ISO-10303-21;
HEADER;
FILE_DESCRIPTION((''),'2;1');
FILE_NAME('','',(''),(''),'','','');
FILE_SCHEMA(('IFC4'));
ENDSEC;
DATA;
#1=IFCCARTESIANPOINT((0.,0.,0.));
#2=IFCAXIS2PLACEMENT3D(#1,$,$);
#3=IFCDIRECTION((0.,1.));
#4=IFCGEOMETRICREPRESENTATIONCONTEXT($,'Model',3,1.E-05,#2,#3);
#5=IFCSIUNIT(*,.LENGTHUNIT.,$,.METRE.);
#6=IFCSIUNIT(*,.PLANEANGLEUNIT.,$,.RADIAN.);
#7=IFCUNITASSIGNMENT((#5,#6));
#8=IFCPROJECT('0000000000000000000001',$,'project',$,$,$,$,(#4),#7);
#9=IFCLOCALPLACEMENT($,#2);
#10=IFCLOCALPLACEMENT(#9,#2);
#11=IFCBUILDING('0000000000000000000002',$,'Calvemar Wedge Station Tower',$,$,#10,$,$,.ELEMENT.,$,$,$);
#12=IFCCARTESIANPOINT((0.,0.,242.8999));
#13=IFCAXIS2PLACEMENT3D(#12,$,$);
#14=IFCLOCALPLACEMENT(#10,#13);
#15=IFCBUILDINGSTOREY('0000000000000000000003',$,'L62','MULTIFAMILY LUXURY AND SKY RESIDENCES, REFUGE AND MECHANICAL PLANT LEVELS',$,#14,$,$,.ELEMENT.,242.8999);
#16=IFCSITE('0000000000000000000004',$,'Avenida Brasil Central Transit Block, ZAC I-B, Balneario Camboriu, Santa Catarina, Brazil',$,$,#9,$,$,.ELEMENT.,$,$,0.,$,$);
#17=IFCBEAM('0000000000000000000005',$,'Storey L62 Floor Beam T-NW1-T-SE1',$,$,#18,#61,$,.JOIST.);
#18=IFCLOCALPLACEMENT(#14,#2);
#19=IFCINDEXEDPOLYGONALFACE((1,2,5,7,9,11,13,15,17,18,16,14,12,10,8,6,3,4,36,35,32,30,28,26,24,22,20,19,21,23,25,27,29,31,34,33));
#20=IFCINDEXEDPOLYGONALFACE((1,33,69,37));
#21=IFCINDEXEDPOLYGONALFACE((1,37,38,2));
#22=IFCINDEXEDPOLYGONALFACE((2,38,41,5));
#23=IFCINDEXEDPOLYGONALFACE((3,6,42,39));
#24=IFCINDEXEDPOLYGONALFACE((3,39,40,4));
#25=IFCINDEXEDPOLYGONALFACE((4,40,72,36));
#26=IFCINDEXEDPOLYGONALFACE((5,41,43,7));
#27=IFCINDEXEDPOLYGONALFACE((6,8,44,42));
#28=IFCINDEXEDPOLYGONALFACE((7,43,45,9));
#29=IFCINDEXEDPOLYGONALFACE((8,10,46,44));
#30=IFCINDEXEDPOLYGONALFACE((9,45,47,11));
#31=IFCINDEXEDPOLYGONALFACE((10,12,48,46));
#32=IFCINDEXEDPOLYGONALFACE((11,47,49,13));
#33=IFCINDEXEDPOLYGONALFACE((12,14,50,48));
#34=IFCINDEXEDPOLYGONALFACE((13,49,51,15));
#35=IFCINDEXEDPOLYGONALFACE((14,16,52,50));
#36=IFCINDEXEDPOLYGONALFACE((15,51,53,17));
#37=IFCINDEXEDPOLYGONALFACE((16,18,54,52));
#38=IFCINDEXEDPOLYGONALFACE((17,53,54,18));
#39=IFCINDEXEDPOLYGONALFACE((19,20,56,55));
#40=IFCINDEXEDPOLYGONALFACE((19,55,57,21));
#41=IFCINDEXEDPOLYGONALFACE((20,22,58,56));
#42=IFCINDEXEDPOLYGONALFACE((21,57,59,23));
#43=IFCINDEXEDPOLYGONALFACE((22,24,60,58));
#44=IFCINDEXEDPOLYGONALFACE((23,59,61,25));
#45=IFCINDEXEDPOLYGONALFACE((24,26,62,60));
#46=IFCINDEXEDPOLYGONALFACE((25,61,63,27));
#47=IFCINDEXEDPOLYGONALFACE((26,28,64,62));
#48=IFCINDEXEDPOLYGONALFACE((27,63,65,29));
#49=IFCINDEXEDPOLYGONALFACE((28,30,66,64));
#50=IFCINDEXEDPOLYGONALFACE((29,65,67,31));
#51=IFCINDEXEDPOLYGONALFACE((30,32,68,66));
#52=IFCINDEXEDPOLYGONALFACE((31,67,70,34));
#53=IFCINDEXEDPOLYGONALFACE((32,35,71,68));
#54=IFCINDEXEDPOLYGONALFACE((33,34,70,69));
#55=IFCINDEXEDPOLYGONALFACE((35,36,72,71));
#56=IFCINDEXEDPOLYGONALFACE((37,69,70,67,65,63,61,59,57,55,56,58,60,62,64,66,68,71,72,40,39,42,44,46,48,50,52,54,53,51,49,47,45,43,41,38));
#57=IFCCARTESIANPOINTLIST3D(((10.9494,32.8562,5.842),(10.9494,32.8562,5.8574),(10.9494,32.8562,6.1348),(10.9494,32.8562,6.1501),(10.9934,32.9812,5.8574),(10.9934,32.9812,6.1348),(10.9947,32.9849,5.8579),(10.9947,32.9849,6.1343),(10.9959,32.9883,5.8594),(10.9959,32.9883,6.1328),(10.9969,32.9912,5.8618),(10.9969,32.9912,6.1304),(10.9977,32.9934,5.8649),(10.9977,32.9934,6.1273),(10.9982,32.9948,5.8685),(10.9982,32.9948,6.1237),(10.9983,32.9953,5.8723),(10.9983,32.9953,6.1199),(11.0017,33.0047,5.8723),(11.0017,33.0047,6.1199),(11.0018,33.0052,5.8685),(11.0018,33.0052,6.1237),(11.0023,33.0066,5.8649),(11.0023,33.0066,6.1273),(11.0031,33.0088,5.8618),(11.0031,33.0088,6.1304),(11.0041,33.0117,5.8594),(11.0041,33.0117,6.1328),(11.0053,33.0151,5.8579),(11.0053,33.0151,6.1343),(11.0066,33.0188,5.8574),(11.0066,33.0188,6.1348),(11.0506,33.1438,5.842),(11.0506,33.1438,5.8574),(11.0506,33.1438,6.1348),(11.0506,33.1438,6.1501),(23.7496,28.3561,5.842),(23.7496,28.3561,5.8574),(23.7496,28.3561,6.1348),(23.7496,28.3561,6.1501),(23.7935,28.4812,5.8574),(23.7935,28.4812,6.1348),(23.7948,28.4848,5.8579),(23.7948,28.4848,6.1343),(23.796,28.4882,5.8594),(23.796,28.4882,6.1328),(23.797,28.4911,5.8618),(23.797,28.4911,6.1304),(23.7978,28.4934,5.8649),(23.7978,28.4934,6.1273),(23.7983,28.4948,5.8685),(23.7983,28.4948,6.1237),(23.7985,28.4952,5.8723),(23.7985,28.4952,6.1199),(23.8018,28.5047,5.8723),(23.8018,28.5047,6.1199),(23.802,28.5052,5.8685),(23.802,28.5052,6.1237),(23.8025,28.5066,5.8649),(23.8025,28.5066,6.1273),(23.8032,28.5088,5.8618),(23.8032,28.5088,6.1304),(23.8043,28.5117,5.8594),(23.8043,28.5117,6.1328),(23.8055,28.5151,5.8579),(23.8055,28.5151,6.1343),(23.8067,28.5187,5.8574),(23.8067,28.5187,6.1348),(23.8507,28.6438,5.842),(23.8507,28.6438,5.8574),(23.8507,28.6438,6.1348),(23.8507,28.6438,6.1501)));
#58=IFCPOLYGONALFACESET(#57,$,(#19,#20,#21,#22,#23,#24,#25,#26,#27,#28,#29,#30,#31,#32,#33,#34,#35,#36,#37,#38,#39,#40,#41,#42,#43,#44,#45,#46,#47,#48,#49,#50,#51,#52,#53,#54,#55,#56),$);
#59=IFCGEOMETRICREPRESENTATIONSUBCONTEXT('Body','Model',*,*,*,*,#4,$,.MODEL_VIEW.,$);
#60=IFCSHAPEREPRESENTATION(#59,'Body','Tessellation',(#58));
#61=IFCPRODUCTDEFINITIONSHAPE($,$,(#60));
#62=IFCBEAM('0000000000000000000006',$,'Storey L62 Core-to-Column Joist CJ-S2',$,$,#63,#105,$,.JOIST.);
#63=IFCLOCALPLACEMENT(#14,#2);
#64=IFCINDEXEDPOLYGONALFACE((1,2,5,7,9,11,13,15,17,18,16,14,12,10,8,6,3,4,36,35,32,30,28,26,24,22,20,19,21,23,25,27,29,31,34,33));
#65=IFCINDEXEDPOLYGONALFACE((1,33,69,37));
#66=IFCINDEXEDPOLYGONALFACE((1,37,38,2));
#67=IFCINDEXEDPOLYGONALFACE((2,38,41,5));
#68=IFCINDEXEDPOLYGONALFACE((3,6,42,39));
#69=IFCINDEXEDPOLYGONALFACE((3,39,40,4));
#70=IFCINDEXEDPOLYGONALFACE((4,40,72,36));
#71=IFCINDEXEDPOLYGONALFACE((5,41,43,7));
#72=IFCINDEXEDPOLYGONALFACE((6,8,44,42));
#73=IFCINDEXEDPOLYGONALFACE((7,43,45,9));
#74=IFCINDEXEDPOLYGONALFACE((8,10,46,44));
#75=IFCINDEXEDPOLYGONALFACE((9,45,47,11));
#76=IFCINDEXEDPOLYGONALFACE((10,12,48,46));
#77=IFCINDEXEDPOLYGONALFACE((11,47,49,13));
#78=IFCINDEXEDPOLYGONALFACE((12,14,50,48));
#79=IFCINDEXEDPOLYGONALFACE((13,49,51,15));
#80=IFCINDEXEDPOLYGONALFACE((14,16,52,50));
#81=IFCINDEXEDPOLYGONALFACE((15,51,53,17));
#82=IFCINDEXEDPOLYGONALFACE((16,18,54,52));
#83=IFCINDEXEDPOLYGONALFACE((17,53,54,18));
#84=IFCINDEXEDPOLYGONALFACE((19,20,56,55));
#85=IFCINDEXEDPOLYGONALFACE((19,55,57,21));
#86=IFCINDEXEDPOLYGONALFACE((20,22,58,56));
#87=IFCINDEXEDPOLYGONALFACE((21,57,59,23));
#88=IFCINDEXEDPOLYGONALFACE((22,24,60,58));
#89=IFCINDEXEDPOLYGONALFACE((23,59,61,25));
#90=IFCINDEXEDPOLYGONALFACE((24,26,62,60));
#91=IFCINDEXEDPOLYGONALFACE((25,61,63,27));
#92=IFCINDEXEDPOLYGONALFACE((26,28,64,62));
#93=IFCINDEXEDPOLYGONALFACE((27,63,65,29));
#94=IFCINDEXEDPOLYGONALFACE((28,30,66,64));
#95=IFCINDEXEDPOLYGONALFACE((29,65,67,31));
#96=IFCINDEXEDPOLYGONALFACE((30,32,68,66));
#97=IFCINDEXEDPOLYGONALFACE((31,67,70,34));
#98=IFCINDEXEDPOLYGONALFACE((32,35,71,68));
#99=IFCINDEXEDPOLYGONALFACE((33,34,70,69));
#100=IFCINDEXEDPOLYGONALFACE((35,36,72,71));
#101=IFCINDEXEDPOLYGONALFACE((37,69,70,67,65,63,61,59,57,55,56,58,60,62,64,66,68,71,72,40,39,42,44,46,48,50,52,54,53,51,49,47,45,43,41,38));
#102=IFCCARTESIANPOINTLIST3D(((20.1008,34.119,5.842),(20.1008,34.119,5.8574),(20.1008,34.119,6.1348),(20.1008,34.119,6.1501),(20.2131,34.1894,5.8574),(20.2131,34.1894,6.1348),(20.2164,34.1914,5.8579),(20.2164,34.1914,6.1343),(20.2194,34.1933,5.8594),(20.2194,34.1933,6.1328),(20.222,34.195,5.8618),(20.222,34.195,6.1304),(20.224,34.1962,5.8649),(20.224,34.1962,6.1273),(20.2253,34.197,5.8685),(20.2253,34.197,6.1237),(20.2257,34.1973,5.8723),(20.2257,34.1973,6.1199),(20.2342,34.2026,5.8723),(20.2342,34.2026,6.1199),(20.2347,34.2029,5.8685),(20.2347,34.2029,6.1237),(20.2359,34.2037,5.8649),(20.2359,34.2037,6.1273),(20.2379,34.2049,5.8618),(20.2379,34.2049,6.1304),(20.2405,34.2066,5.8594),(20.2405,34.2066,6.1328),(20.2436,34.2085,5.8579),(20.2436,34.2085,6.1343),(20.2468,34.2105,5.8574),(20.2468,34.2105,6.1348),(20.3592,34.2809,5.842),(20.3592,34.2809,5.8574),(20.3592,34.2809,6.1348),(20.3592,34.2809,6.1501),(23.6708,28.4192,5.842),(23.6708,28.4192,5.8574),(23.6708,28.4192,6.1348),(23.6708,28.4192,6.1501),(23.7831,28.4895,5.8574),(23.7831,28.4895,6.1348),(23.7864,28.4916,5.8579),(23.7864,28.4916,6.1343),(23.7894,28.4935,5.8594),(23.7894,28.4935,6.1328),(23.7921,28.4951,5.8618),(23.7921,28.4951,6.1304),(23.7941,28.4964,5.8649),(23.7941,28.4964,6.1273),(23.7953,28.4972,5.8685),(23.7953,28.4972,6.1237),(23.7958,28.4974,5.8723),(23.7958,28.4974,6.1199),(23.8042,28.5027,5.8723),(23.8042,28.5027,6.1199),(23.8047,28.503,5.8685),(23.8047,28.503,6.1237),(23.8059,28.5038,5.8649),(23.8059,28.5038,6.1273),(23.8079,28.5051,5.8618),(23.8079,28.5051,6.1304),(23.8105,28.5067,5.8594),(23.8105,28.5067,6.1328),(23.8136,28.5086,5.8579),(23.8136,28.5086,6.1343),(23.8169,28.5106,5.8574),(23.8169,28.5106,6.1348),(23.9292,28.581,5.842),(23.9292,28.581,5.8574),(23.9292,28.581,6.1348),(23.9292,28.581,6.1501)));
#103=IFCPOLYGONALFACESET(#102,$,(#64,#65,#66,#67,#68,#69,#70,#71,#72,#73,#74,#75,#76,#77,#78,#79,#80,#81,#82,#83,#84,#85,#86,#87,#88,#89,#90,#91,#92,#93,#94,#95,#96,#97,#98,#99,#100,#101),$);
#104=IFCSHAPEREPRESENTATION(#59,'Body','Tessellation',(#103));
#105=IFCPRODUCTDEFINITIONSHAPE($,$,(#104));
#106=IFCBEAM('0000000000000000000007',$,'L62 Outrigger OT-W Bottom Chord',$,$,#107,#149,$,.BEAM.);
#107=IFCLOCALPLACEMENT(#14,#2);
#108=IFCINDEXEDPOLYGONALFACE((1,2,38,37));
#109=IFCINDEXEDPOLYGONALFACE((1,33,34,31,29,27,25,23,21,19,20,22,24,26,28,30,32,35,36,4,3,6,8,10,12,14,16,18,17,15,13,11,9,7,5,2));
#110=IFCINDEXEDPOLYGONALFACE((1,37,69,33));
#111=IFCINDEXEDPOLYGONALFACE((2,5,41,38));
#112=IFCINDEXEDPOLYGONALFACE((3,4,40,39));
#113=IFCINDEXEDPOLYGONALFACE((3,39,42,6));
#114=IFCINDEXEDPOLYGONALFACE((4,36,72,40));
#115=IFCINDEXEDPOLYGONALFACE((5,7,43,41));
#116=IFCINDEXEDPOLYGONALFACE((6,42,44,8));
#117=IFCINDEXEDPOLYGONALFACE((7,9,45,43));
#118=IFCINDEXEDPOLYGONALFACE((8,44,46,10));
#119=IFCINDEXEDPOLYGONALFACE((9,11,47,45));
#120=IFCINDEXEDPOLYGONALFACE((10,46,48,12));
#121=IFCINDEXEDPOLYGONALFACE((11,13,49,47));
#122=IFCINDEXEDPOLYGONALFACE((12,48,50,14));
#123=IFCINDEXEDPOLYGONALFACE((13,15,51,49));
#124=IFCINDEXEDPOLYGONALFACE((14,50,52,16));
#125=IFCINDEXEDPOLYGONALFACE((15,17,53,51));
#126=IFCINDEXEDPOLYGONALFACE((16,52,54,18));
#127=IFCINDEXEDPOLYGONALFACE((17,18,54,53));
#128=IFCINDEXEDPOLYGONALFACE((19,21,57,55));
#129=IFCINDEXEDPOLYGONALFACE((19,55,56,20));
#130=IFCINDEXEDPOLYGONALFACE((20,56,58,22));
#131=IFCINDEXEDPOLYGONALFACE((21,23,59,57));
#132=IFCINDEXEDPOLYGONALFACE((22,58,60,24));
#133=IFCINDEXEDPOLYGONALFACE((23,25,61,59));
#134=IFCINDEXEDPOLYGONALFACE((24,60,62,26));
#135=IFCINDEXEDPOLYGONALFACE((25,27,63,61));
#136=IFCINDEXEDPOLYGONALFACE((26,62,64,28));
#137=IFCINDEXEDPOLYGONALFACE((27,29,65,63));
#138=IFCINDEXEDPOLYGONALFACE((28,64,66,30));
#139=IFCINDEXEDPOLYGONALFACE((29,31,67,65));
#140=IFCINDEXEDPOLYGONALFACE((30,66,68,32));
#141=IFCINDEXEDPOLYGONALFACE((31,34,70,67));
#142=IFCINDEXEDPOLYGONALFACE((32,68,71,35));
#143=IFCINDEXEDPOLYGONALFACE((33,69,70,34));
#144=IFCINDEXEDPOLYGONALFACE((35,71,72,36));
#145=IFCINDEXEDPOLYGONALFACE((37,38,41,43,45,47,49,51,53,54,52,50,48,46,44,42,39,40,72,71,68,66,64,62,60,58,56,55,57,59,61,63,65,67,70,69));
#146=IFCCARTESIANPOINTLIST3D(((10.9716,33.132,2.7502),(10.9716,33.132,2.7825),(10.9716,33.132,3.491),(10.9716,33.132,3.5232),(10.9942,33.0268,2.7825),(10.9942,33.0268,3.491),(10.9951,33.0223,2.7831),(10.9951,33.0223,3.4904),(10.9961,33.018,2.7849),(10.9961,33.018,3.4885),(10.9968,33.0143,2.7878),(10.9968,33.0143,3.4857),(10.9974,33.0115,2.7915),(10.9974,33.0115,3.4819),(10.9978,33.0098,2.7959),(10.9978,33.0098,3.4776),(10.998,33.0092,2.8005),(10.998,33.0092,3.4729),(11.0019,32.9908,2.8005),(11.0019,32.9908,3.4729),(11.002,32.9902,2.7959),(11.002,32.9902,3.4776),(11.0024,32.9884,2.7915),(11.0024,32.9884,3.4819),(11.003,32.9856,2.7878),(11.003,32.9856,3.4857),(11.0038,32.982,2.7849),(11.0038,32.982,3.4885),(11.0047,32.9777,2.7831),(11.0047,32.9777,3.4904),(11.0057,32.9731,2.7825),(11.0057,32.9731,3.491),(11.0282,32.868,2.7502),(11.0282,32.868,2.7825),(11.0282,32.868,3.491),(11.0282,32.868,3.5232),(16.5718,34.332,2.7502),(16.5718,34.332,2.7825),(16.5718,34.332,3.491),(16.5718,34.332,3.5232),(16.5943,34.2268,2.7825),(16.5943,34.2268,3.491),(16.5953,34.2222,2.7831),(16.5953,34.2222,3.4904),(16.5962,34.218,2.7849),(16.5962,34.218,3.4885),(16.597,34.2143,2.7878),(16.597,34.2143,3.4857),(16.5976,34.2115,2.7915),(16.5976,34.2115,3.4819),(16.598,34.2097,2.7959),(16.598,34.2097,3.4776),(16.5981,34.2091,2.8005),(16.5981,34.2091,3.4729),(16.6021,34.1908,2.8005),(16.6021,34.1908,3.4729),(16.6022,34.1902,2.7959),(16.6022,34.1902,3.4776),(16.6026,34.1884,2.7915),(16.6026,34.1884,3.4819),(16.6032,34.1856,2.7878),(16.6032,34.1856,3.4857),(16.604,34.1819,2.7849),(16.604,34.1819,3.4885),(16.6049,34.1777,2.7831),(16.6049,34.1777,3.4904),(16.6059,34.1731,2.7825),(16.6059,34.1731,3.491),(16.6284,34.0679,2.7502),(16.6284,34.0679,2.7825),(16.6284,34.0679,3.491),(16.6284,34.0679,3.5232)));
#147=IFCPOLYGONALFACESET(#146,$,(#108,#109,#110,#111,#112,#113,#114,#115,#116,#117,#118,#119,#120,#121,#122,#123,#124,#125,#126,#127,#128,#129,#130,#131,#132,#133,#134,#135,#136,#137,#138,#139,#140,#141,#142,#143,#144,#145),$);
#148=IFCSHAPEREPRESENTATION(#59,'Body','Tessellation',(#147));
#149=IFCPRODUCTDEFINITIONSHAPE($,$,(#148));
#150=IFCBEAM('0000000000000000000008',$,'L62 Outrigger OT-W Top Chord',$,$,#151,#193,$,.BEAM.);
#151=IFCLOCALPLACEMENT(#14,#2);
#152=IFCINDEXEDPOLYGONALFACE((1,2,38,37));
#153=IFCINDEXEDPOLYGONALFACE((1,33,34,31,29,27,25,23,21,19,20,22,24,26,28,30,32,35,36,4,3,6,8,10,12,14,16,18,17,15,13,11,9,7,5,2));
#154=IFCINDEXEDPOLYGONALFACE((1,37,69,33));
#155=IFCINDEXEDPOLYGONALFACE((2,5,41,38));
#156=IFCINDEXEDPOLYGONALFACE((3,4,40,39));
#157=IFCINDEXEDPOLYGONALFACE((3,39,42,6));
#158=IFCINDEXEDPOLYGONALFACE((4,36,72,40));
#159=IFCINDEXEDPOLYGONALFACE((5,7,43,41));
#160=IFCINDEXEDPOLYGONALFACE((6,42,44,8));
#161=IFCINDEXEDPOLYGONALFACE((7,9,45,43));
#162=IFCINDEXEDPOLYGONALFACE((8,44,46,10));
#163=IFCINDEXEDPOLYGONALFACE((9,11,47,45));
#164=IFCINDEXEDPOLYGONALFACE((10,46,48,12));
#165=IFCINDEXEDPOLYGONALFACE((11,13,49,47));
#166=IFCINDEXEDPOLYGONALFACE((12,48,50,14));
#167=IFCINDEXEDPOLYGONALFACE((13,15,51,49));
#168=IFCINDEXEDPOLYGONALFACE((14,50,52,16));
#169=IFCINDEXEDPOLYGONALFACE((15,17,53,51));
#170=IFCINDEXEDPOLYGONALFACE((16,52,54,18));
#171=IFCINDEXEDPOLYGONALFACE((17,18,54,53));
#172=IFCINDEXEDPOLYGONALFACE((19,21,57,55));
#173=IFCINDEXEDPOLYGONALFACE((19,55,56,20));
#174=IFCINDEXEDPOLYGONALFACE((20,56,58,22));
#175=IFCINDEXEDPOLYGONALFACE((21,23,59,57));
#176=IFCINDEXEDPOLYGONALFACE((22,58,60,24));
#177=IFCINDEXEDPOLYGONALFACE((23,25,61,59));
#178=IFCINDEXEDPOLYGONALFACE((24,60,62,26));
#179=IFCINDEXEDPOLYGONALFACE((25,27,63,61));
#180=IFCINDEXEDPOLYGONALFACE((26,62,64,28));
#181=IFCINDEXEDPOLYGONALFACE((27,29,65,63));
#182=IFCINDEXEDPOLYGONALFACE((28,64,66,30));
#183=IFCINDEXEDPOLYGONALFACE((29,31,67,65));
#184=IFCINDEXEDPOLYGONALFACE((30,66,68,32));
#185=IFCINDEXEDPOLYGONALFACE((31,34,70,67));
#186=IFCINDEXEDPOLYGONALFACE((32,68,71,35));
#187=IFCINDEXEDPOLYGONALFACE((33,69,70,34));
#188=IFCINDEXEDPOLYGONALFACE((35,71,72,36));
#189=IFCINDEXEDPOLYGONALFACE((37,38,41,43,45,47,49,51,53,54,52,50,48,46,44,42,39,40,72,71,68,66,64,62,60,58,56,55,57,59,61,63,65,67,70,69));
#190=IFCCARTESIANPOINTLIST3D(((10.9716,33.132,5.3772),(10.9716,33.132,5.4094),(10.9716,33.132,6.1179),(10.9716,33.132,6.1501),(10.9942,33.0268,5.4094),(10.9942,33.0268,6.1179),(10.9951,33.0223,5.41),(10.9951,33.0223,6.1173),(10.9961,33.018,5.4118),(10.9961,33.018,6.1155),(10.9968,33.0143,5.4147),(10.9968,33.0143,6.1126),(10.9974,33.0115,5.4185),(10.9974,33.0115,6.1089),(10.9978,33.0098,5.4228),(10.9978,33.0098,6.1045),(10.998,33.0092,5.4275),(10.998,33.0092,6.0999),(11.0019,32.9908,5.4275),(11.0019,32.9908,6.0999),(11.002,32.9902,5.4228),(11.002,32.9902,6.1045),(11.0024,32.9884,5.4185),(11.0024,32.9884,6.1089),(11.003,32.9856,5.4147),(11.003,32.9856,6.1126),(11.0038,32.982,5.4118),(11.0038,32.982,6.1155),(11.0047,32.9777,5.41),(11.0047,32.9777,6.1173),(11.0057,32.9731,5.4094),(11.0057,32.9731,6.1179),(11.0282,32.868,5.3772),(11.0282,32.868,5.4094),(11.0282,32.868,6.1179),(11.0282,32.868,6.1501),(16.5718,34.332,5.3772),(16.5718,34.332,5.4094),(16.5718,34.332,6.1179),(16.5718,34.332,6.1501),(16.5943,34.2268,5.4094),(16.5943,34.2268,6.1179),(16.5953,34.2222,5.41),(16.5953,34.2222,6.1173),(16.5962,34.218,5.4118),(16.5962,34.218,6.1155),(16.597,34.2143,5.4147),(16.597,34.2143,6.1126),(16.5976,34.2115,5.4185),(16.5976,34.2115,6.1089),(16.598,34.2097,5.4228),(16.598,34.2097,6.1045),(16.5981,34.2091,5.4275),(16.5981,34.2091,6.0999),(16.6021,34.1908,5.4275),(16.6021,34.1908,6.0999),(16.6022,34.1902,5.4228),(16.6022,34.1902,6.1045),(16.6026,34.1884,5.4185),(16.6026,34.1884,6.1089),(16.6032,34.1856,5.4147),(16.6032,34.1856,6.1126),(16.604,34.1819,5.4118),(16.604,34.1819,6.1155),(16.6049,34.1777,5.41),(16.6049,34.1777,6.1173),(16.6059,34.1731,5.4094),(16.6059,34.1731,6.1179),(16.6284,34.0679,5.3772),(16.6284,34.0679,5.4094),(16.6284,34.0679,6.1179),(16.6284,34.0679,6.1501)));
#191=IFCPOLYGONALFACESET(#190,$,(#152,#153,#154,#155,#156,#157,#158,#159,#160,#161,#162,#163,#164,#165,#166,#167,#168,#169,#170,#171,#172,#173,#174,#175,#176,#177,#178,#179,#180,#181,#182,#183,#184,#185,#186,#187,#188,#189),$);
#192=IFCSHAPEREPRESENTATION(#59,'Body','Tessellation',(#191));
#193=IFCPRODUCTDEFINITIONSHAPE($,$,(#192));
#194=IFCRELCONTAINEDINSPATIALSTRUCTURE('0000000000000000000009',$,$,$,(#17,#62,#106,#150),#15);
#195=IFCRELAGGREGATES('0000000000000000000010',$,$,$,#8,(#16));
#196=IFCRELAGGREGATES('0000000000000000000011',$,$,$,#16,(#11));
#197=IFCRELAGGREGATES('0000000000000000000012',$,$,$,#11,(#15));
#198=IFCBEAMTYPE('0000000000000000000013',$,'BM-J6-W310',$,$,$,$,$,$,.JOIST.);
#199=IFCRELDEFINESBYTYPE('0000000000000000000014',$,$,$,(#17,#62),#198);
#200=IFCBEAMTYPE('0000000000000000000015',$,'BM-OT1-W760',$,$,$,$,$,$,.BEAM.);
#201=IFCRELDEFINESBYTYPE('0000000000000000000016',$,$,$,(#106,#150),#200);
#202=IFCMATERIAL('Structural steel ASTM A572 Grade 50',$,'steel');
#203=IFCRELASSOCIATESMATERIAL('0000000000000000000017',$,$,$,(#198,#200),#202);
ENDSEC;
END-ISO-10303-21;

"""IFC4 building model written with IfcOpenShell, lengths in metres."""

from ifc_helpers import new_model, si_unit, direction, frame, origin, origin_2d, place, context, subcontext, project, spatial, i_section, extrude, source, transform, mapped, material, material_profile, profile_set, type_object, element, save


model = new_model("IFC4")

# Units and contexts
model_context = context("Model", 3, precision=1e-05, world=origin(), true_north=direction((0.0, 1.0)))
body_context = subcontext(model_context, "Body", "Model", "MODEL_VIEW")
ifc_project = project(units=[si_unit("LENGTHUNIT", "METRE"), si_unit("PLANEANGLEUNIT", "RADIAN")], contexts=[model_context])

# Site, building, storey
site_placement = place(None, origin())
site = spatial("IfcSite", under=ifc_project, at=site_placement, Name="Avenida Brasil Central Transit Block, ZAC I-B, Balneario Camboriu, Santa Catarina, Brazil", CompositionType="ELEMENT", RefElevation=0.0)
building_placement = place(site_placement, origin())
building = spatial("IfcBuilding", under=site, at=building_placement, Name="Calvemar Wedge Station Tower", CompositionType="ELEMENT")
storey_placement = place(building_placement, frame((0.0, 0.0, 242.8999)))
storey = spatial("IfcBuildingStorey", under=building, at=storey_placement, Name="L62", Description="MULTIFAMILY LUXURY AND SKY RESIDENCES, REFUGE AND MECHANICAL PLANT LEVELS", CompositionType="ELEMENT", Elevation=242.8999)

# Beams
ifc_material_1 = material(Name="Structural steel ASTM A572 Grade 50", Category="steel")
ifc_material_profile_1 = material_profile(ifc_material_1, i_section(OverallWidth=0.3049, OverallDepth=0.3081, WebThickness=0.01, FlangeThickness=0.0154, FilletRadius=0.0149, at=origin_2d()), Name="W310x97")
ifc_profile_set_1 = profile_set([ifc_material_profile_1], Name="Structural steel ASTM A572 Grade 50")
beam_type_1 = type_object("IfcBeamType", Name="BM-J6-W310", PredefinedType="JOIST", material=ifc_profile_set_1)
shared_shape_1 = source(origin(), body_context, "Body", "SweptSolid", [
    extrude(i_section(OverallWidth=0.3049, OverallDepth=0.3081, WebThickness=0.01, FlangeThickness=0.0154, FilletRadius=0.0149, at=origin_2d()), origin(), (0.0, 0.0, 1.0), 13.5681),
])
beam_1_placement = place(storey_placement, frame((11.0, 33.0, 5.9961), z_axis=(0.943398, -0.331662, 0.0), x_axis=(0.331662, 0.943398, 0.0)))
element("IfcBeam", 1, at=beam_1_placement, inside=storey, type_object=beam_type_1, Name="Storey L62 Floor Beam T-NW1-T-SE1", PredefinedType="JOIST", context=body_context, shape_type="MappedRepresentation", body=[
    mapped(shared_shape_1, transform((0.0, 0.0, 0.0), scale=1.0)),
])
shared_shape_2 = source(origin(), body_context, "Body", "SweptSolid", [
    extrude(i_section(OverallWidth=0.3049, OverallDepth=0.3081, WebThickness=0.01, FlangeThickness=0.0154, FilletRadius=0.0149, at=origin_2d()), origin(), (0.0, 0.0, 1.0), 6.7256),
])
beam_2_placement = place(storey_placement, frame((20.23, 34.2, 5.9961), z_axis=(0.530811, -0.84749, 0.0), x_axis=(0.84749, 0.530811, 0.0)))
element("IfcBeam", 2, at=beam_2_placement, inside=storey, type_object=beam_type_1, Name="Storey L62 Core-to-Column Joist CJ-S2", PredefinedType="JOIST", context=body_context, shape_type="MappedRepresentation", body=[
    mapped(shared_shape_2, transform((0.0, 0.0, 0.0), scale=1.0)),
])
ifc_material_profile_2 = material_profile(ifc_material_1, i_section(OverallWidth=0.27, OverallDepth=0.7729, WebThickness=0.0188, FlangeThickness=0.0322, FilletRadius=0.0181, at=origin_2d()), Name="W760x257")
ifc_profile_set_2 = profile_set([ifc_material_profile_2], Name="Structural steel ASTM A572 Grade 50")
beam_type_2 = type_object("IfcBeamType", Name="BM-OT1-W760", PredefinedType="BEAM", material=ifc_profile_set_2)
shared_shape_3 = source(origin(), body_context, "Body", "SweptSolid", [
    extrude(i_section(OverallWidth=0.27, OverallDepth=0.7729, WebThickness=0.0188, FlangeThickness=0.0322, FilletRadius=0.0181, at=origin_2d()), origin(), (0.0, 0.0, 1.0), 5.7273),
])
for number, where, z_axis, x_axis, name in (
    (3, (16.6001, 34.2, 3.1367), (-0.977805, -0.209517, 0.0), (0.209517, -0.977805, 0.0), "L62 Outrigger OT-W Bottom Chord"),
    (4, (16.6001, 34.2, 5.7637), (-0.977805, -0.209517, 0.0), (0.209517, -0.977805, 0.0), "L62 Outrigger OT-W Top Chord"),
):
    element("IfcBeam", number, at=place(storey_placement, frame(where, z_axis=z_axis, x_axis=x_axis)), inside=storey, type_object=beam_type_2, Name=name, PredefinedType="BEAM", context=body_context, shape_type="MappedRepresentation", body=[
        mapped(shared_shape_3, transform((0.0, 0.0, 0.0), scale=1.0)),
    ])

save(model, "model.ifc")
